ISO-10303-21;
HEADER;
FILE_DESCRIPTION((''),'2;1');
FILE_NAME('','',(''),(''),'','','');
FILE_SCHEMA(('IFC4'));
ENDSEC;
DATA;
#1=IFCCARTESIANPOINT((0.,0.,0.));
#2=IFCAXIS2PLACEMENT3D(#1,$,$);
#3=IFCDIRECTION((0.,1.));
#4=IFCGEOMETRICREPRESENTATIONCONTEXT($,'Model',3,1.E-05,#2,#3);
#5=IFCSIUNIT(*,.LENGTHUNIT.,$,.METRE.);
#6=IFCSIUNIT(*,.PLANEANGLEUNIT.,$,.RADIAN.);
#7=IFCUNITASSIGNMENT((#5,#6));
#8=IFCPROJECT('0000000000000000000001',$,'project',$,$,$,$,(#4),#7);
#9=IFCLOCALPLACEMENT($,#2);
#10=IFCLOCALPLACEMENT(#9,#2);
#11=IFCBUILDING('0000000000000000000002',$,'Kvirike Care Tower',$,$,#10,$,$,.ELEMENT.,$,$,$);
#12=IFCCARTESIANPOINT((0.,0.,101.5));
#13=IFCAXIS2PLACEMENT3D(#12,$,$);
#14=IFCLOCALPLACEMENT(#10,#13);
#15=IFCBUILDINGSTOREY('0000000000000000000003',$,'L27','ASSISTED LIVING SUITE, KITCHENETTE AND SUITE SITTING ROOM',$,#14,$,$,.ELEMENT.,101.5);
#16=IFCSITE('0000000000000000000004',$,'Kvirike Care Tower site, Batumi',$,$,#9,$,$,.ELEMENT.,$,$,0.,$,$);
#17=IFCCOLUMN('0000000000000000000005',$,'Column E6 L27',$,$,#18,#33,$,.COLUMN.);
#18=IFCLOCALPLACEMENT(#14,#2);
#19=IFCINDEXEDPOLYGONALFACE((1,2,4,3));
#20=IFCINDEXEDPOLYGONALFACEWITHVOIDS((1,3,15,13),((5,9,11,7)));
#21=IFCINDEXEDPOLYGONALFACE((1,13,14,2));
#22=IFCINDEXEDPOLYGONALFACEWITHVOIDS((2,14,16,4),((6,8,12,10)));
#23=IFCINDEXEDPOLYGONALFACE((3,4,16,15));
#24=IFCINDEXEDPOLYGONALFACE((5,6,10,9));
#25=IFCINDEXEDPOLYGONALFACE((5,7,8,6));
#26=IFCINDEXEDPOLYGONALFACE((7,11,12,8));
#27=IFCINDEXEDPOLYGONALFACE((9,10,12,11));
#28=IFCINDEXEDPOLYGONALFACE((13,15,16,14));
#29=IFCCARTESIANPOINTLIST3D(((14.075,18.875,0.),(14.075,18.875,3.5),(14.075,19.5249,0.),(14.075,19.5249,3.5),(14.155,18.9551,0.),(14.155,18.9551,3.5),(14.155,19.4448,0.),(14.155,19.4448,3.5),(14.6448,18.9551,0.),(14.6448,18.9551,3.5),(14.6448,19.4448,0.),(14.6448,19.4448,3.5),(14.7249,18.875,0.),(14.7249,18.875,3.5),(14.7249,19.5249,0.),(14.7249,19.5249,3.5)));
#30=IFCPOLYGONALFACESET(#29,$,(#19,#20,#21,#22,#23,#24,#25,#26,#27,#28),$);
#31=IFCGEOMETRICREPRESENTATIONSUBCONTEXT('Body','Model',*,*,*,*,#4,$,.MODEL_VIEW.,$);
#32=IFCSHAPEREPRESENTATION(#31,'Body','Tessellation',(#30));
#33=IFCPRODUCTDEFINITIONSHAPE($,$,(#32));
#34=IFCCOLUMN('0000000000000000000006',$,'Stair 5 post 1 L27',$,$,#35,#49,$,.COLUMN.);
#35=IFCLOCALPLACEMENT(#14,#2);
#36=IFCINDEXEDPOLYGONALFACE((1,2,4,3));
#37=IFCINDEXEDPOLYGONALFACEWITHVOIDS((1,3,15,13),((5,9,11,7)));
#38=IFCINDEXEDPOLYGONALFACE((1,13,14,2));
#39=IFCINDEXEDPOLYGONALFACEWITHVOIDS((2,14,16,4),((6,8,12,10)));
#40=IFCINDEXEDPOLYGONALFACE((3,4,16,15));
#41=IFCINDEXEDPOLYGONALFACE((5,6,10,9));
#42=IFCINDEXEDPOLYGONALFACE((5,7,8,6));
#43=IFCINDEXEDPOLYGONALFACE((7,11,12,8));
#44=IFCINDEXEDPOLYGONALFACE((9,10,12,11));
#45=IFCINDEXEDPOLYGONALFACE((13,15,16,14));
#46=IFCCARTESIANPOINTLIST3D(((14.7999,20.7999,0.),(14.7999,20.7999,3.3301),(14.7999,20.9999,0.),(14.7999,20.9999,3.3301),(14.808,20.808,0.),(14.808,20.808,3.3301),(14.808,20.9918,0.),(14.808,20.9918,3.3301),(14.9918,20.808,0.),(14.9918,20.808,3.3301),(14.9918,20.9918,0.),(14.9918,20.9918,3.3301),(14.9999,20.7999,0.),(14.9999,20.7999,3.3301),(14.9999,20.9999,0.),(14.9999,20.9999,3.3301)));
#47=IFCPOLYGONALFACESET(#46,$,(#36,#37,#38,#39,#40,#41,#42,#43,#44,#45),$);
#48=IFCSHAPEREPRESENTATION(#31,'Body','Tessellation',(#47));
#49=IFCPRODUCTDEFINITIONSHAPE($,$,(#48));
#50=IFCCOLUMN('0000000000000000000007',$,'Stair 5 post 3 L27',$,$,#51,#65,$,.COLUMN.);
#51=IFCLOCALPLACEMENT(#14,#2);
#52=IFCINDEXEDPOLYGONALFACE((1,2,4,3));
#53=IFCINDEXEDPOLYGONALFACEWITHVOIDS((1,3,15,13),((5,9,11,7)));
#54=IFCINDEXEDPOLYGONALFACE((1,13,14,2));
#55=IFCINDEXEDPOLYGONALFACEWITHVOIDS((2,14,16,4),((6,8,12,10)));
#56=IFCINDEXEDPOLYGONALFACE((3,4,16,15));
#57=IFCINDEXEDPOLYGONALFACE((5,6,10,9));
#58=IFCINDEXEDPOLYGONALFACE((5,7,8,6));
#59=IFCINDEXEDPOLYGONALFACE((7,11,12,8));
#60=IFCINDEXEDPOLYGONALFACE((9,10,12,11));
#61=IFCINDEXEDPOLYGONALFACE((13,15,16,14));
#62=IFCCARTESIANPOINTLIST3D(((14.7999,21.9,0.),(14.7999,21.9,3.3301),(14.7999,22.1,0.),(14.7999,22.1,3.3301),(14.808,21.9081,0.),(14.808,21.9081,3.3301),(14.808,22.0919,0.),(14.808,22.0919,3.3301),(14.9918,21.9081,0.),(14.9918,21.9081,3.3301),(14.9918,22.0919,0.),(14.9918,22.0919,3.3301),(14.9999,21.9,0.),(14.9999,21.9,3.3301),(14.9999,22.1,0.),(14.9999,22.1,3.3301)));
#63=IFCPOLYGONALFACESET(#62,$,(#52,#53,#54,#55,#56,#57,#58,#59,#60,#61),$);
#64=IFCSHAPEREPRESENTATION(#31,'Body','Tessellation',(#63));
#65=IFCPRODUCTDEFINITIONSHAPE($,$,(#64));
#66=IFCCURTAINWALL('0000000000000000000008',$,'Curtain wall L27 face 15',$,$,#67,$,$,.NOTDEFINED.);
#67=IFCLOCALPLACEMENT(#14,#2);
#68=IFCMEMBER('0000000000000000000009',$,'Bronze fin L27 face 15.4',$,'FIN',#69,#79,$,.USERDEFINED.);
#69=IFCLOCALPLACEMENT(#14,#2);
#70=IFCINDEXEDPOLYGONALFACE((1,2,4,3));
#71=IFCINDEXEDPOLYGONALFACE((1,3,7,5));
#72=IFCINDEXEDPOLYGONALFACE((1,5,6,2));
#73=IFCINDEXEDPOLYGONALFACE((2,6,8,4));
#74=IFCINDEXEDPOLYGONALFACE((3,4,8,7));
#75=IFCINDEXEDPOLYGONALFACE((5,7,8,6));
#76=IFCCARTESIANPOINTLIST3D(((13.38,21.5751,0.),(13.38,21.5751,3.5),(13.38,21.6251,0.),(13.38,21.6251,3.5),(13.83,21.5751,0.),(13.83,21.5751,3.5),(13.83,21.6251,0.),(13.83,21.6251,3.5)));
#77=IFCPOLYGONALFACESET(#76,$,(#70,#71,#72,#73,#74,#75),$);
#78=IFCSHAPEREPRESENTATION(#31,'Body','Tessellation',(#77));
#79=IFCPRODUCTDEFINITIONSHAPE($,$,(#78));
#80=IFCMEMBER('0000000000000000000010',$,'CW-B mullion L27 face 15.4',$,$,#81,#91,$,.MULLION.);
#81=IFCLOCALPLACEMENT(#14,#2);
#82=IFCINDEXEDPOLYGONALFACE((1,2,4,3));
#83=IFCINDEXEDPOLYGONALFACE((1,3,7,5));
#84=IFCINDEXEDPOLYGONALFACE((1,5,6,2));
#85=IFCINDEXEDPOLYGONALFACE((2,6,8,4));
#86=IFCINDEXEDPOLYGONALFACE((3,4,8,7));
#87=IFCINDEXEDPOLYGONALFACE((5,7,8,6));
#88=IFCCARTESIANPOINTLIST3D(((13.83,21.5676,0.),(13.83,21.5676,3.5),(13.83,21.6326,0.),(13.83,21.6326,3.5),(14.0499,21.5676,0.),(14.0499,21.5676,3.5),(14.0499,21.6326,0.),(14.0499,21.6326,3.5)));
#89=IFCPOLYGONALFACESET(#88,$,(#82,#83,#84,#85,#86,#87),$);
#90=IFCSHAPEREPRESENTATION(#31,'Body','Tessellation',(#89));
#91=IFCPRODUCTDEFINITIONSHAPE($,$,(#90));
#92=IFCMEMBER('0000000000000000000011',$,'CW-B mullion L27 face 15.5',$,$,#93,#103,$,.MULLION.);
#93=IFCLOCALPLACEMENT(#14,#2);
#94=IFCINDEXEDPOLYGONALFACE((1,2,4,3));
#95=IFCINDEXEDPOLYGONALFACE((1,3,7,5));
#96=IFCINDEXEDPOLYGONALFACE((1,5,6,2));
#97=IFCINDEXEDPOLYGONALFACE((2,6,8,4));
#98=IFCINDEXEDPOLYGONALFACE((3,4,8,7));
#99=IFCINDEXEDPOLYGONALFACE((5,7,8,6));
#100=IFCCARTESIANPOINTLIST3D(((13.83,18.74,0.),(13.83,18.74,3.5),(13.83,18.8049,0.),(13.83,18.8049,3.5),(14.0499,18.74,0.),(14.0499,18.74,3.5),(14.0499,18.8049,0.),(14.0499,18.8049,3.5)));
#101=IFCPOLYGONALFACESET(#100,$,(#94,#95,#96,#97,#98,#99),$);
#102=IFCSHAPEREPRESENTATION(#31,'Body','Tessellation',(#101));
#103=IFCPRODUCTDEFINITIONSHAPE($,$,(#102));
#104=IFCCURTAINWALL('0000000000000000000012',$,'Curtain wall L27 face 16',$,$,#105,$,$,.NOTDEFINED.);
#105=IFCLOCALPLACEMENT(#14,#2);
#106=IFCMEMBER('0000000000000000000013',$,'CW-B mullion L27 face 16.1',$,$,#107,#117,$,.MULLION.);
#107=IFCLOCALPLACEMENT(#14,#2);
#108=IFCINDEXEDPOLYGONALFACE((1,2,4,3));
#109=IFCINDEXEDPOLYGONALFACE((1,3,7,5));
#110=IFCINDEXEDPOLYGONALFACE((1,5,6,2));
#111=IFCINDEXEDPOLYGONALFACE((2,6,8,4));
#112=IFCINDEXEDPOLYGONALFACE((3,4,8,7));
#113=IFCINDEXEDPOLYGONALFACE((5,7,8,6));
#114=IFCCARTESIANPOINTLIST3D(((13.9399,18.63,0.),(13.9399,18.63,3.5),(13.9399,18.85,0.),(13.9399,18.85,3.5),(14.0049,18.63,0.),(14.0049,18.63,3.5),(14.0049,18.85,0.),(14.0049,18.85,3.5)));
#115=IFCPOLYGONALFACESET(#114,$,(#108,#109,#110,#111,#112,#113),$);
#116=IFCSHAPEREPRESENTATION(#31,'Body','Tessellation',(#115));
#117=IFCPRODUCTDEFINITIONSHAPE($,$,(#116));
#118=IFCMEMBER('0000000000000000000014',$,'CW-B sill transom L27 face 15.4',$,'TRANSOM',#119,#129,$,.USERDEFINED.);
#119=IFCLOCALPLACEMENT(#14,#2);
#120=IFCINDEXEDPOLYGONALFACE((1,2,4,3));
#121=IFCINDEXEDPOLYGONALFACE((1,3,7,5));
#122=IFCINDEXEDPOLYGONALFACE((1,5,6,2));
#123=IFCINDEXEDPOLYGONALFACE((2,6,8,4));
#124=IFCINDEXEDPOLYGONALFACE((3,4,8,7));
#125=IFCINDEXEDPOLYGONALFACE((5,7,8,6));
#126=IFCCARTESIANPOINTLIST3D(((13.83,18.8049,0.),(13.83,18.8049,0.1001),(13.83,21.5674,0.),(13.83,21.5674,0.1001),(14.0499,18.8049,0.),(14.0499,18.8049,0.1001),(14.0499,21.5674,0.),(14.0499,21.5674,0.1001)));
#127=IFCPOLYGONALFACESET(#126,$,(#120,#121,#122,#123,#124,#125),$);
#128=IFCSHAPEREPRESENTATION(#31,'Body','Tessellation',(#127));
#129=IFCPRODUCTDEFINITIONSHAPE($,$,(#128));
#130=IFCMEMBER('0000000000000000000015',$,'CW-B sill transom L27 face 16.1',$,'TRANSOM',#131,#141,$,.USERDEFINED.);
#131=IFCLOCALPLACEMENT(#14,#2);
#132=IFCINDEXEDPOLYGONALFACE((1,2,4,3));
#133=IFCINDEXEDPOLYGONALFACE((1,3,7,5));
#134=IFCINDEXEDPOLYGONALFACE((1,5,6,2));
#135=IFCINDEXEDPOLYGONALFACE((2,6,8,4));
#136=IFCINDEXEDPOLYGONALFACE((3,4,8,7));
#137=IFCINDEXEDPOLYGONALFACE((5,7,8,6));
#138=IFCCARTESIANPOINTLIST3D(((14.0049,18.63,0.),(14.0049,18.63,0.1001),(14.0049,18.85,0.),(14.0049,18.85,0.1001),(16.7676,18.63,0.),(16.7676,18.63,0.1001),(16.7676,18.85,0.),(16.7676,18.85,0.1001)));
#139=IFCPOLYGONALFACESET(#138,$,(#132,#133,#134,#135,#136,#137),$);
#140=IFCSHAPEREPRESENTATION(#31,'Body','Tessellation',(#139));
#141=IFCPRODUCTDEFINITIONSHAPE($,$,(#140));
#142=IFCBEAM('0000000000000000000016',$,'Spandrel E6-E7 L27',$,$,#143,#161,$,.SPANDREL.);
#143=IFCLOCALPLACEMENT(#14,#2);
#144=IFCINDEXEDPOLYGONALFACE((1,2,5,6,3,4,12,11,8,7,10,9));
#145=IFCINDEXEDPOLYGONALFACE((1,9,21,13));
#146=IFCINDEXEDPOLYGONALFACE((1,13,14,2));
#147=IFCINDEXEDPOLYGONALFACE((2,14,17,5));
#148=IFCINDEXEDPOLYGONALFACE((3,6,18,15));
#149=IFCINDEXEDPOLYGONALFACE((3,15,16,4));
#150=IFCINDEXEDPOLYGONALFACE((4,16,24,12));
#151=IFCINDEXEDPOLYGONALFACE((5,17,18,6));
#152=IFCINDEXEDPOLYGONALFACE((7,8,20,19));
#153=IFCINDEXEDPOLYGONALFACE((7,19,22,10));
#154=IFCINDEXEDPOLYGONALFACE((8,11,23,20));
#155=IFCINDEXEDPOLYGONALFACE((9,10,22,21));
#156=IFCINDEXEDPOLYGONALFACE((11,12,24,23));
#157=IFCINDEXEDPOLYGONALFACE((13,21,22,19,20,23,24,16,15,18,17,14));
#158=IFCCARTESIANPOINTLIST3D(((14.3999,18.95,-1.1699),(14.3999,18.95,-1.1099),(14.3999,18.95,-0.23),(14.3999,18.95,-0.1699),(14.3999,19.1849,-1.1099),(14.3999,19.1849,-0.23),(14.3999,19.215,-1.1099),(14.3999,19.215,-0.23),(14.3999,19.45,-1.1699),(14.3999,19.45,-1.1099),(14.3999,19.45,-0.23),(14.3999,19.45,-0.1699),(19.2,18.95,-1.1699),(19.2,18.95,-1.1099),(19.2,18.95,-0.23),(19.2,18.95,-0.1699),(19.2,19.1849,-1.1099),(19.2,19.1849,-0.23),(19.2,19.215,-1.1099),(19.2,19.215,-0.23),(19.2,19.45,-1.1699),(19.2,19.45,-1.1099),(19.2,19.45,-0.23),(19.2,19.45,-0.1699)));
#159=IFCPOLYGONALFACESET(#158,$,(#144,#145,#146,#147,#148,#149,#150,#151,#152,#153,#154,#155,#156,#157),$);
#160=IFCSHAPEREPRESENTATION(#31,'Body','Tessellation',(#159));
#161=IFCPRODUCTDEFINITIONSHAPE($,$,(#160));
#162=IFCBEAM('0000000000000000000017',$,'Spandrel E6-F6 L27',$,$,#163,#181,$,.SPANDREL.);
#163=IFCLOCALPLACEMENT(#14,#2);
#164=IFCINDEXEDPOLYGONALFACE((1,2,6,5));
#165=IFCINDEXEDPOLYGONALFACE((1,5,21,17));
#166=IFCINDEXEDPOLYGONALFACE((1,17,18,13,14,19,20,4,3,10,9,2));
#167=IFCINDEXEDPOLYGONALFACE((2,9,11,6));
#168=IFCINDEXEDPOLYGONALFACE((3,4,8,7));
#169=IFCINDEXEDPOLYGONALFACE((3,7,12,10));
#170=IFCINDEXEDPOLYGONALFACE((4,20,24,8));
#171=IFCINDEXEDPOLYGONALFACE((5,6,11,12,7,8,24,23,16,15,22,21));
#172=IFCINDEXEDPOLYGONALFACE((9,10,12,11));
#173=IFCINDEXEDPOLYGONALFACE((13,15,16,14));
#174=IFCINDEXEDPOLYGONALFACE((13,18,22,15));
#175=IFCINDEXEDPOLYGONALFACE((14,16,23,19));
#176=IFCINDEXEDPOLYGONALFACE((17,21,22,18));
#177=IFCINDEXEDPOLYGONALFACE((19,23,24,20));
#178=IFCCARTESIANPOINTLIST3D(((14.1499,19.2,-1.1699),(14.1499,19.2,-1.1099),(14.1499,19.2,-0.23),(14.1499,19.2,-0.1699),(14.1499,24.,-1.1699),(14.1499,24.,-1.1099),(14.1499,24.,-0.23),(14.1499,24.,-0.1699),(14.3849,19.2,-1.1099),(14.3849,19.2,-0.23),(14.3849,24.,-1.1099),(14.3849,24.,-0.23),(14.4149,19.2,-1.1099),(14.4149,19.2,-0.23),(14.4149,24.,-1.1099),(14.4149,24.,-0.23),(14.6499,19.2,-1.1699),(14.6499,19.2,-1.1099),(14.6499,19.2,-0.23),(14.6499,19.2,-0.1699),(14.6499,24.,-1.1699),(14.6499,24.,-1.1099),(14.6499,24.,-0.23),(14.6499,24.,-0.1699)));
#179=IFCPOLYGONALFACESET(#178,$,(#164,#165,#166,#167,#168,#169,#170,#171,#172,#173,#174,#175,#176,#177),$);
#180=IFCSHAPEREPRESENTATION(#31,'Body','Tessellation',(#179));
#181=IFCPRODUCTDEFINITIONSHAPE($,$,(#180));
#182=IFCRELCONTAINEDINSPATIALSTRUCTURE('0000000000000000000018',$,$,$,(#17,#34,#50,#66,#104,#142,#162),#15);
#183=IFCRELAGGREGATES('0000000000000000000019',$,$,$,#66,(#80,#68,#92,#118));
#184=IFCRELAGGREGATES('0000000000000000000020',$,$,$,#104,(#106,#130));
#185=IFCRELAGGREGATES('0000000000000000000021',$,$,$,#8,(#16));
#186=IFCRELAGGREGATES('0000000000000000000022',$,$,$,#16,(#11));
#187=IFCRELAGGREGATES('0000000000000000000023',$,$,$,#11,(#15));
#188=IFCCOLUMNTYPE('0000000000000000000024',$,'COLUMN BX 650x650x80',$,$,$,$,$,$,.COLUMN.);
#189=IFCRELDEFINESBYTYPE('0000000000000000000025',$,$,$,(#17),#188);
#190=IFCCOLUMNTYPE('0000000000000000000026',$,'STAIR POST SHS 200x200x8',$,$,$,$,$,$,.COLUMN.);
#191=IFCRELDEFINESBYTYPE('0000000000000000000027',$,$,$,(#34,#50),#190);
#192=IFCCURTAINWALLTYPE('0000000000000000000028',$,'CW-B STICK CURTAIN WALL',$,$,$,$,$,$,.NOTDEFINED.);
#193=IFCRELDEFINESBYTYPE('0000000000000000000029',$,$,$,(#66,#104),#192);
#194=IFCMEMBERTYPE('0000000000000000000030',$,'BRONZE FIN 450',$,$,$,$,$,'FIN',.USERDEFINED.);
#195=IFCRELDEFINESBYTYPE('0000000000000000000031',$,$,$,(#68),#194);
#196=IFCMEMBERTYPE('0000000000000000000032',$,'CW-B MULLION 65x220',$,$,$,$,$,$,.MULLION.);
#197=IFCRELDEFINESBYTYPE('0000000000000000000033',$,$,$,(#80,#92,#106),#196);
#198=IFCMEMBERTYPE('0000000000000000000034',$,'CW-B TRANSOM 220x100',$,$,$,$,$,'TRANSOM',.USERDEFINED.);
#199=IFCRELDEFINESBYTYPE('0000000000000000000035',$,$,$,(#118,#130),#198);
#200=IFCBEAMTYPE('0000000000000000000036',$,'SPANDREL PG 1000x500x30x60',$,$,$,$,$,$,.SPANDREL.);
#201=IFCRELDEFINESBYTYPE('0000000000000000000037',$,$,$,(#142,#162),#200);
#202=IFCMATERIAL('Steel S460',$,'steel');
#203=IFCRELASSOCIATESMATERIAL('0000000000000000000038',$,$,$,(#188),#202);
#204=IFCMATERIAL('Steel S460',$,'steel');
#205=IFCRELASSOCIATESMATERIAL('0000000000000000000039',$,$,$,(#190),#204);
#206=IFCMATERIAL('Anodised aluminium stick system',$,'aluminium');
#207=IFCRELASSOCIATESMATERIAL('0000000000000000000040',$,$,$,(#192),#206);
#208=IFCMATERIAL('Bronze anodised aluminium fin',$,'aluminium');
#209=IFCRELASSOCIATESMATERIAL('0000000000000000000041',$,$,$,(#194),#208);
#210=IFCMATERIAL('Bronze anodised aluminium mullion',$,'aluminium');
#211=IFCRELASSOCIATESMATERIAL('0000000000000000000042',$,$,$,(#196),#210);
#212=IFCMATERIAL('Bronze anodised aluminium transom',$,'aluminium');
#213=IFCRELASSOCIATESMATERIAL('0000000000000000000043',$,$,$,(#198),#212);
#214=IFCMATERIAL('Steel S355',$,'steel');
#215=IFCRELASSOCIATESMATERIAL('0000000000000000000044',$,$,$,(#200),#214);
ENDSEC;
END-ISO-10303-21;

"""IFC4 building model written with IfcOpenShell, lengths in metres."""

from ifc_helpers import new_model, si_unit, direction, frame, origin, origin_2d, place, context, subcontext, project, spatial, rectangle, hollow_rectangle, i_section, extrude, material, material_profile, profile_set, type_object, element, aggregate, save


model = new_model("IFC4")

# Units and contexts
model_context = context("Model", 3, precision=1e-05, world=origin(), true_north=direction((0.0, 1.0)))
body_context = subcontext(model_context, "Body", "Model", "MODEL_VIEW")
ifc_project = project(units=[si_unit("LENGTHUNIT", "METRE"), si_unit("PLANEANGLEUNIT", "RADIAN")], contexts=[model_context])

# Site, building, storey
site_placement = place(None, origin())
site = spatial("IfcSite", under=ifc_project, at=site_placement, Name="Kvirike Care Tower site, Batumi", CompositionType="ELEMENT", RefElevation=0.0)
building_placement = place(site_placement, origin())
building = spatial("IfcBuilding", under=site, at=building_placement, Name="Kvirike Care Tower", CompositionType="ELEMENT")
storey_placement = place(building_placement, frame((0.0, 0.0, 101.5)))
storey = spatial("IfcBuildingStorey", under=building, at=storey_placement, Name="L27", Description="ASSISTED LIVING SUITE, KITCHENETTE AND SUITE SITTING ROOM", CompositionType="ELEMENT", Elevation=101.5)

# Columns
ifc_material_1 = material(Name="Steel S460", Category="steel")
ifc_material_profile_1 = material_profile(ifc_material_1, hollow_rectangle(XDim=0.6499, YDim=0.6499, WallThickness=0.0801, at=origin_2d()), Name="BX 650x650x80")
ifc_profile_set_1 = profile_set([ifc_material_profile_1], Name="Steel S460")
column_type_1 = type_object("IfcColumnType", Name="COLUMN BX 650x650x80", PredefinedType="COLUMN", material=ifc_profile_set_1)
column_placement = place(storey_placement, frame((14.3999, 19.2, 0.0), z_axis=(0.0, 0.0, 1.0), x_axis=(0.0, 1.0, 0.0)))
element("IfcColumn", 1, at=column_placement, inside=storey, type_object=column_type_1, Name="Column E6 L27", PredefinedType="COLUMN", context=body_context, shape_type="SweptSolid", body=[
    extrude(hollow_rectangle(XDim=0.6499, YDim=0.6499, WallThickness=0.0801, at=origin_2d()), origin(), (0.0, 0.0, 1.0), 3.5),
])
ifc_material_2 = material(Name="Steel S460", Category="steel")
ifc_material_profile_2 = material_profile(ifc_material_2, hollow_rectangle(XDim=0.2, YDim=0.2, WallThickness=0.0081, at=origin_2d()), Name="SHS 200x200x8")
ifc_profile_set_2 = profile_set([ifc_material_profile_2], Name="Steel S460")
column_type_2 = type_object("IfcColumnType", Name="STAIR POST SHS 200x200x8", PredefinedType="COLUMN", material=ifc_profile_set_2)
for number, where, z_axis, x_axis, name in (
    (2, (14.8999, 20.8999, 0.0), (0.0, 0.0, 1.0), (1.0, 0.0, 0.0), "Stair 5 post 1 L27"),
    (3, (14.8999, 22.0, 0.0), (0.0, 0.0, 1.0), (1.0, 0.0, 0.0), "Stair 5 post 3 L27"),
):
    element("IfcColumn", number, at=place(storey_placement, frame(where, z_axis=z_axis, x_axis=x_axis)), inside=storey, type_object=column_type_2, Name=name, PredefinedType="COLUMN", context=body_context, shape_type="SweptSolid", body=[
        extrude(hollow_rectangle(XDim=0.2, YDim=0.2, WallThickness=0.0081, at=origin_2d()), origin(), (0.0, 0.0, 1.0), 3.3301),
    ])

# Curtain wall, members
ifc_material_3 = material(Name="Anodised aluminium stick system", Category="aluminium")
curtain_wall_type = type_object("IfcCurtainWallType", Name="CW-B STICK CURTAIN WALL", PredefinedType="NOTDEFINED", material=ifc_material_3)
curtain_wall_1_placement = place(storey_placement, origin())
curtain_wall_1 = element("IfcCurtainWall", 4, at=curtain_wall_1_placement, inside=storey, type_object=curtain_wall_type, Name="Curtain wall L27 face 15", PredefinedType="NOTDEFINED")
ifc_material_4 = material(Name="Bronze anodised aluminium fin", Category="aluminium")
ifc_material_profile_3 = material_profile(ifc_material_4, rectangle(XDim=0.05, YDim=0.45, at=origin_2d()), Name="BRONZE FIN 450")
ifc_profile_set_3 = profile_set([ifc_material_profile_3], Name="Bronze anodised aluminium fin")
member_type_1 = type_object("IfcMemberType", Name="BRONZE FIN 450", ElementType="FIN", PredefinedType="USERDEFINED", material=ifc_profile_set_3)
member_1_placement = place(storey_placement, frame((13.605, 21.6001, 0.0), z_axis=(0.0, 0.0, 1.0), x_axis=(0.0, -1.0, 0.0)))
member_1 = element("IfcMember", 5, at=member_1_placement, type_object=member_type_1, Name="Bronze fin L27 face 15.4", ObjectType="FIN", PredefinedType="USERDEFINED", context=body_context, shape_type="SweptSolid", body=[
    extrude(rectangle(XDim=0.05, YDim=0.45, at=origin_2d()), origin(), (0.0, 0.0, 1.0), 3.5),
])
ifc_material_5 = material(Name="Bronze anodised aluminium mullion", Category="aluminium")
ifc_material_profile_4 = material_profile(ifc_material_5, rectangle(XDim=0.0649, YDim=0.22, at=origin_2d()), Name="CW-B MULLION 65x220")
ifc_profile_set_4 = profile_set([ifc_material_profile_4], Name="Bronze anodised aluminium mullion")
member_type_2 = type_object("IfcMemberType", Name="CW-B MULLION 65x220", PredefinedType="MULLION", material=ifc_profile_set_4)
member_2_placement = place(storey_placement, frame((13.9399, 21.6001, 0.0), z_axis=(0.0, 0.0, 1.0), x_axis=(0.0, -1.0, 0.0)))
member_2 = element("IfcMember", 6, at=member_2_placement, type_object=member_type_2, Name="CW-B mullion L27 face 15.4", PredefinedType="MULLION", context=body_context, shape_type="SweptSolid", body=[
    extrude(rectangle(XDim=0.0649, YDim=0.22, at=origin_2d()), origin(), (0.0, 0.0, 1.0), 3.5),
])
member_3_placement = place(storey_placement, frame((13.9399, 18.7725, 0.0), z_axis=(0.0, 0.0, 1.0), x_axis=(0.0, -1.0, 0.0)))
member_3 = element("IfcMember", 7, at=member_3_placement, type_object=member_type_2, Name="CW-B mullion L27 face 15.5", PredefinedType="MULLION", context=body_context, shape_type="SweptSolid", body=[
    extrude(rectangle(XDim=0.0649, YDim=0.22, at=origin_2d()), origin(), (0.0, 0.0, 1.0), 3.5),
])

# Curtain wall, member
curtain_wall_2_placement = place(storey_placement, origin())
curtain_wall_2 = element("IfcCurtainWall", 8, at=curtain_wall_2_placement, inside=storey, type_object=curtain_wall_type, Name="Curtain wall L27 face 16", PredefinedType="NOTDEFINED")
member_4_placement = place(storey_placement, frame((13.9724, 18.74, 0.0), z_axis=(0.0, 0.0, 1.0), x_axis=(1.0, 0.0, 0.0)))
member_4 = element("IfcMember", 9, at=member_4_placement, type_object=member_type_2, Name="CW-B mullion L27 face 16.1", PredefinedType="MULLION", context=body_context, shape_type="SweptSolid", body=[
    extrude(rectangle(XDim=0.0649, YDim=0.22, at=origin_2d()), origin(), (0.0, 0.0, 1.0), 3.5),
])

# Members
ifc_material_6 = material(Name="Bronze anodised aluminium transom", Category="aluminium")
ifc_material_profile_5 = material_profile(ifc_material_6, rectangle(XDim=0.22, YDim=0.1001, at=origin_2d()), Name="CW-B TRANSOM 220x100")
ifc_profile_set_5 = profile_set([ifc_material_profile_5], Name="Bronze anodised aluminium transom")
member_type_3 = type_object("IfcMemberType", Name="CW-B TRANSOM 220x100", ElementType="TRANSOM", PredefinedType="USERDEFINED", material=ifc_profile_set_5)
member_5_placement = place(storey_placement, frame((13.9399, 21.5674, 0.05), z_axis=(0.0, -1.0, 0.0), x_axis=(1.0, 0.0, 0.0)))
member_5 = element("IfcMember", 10, at=member_5_placement, type_object=member_type_3, Name="CW-B sill transom L27 face 15.4", ObjectType="TRANSOM", PredefinedType="USERDEFINED", context=body_context, shape_type="SweptSolid", body=[
    extrude(rectangle(XDim=0.22, YDim=0.1001, at=origin_2d()), origin(), (0.0, 0.0, 1.0), 2.7625),
])
member_6_placement = place(storey_placement, frame((14.0049, 18.74, 0.05), z_axis=(1.0, 0.0, 0.0), x_axis=(0.0, 1.0, 0.0)))
member_6 = element("IfcMember", 11, at=member_6_placement, type_object=member_type_3, Name="CW-B sill transom L27 face 16.1", ObjectType="TRANSOM", PredefinedType="USERDEFINED", context=body_context, shape_type="SweptSolid", body=[
    extrude(rectangle(XDim=0.22, YDim=0.1001, at=origin_2d()), origin(), (0.0, 0.0, 1.0), 2.7627),
])

# Beams
ifc_material_7 = material(Name="Steel S355", Category="steel")
ifc_material_profile_6 = material_profile(ifc_material_7, i_section(OverallWidth=0.5, OverallDepth=1.0, WebThickness=0.03, FlangeThickness=0.0601, at=origin_2d()), Name="PG 1000x500x30x60")
ifc_profile_set_6 = profile_set([ifc_material_profile_6], Name="Steel S355")
beam_type_1 = type_object("IfcBeamType", Name="SPANDREL PG 1000x500x30x60", PredefinedType="SPANDREL", material=ifc_profile_set_6)
for number, where, z_axis, x_axis, name in (
    (12, (14.3999, 19.2, -0.6699), (1.0, 0.0, 0.0), (0.0, 1.0, 0.0), "Spandrel E6-E7 L27"),
    (13, (14.3999, 19.2, -0.6699), (0.0, 1.0, 0.0), (-1.0, 0.0, 0.0), "Spandrel E6-F6 L27"),
):
    element("IfcBeam", number, at=place(storey_placement, frame(where, z_axis=z_axis, x_axis=x_axis)), inside=storey, type_object=beam_type_1, Name=name, PredefinedType="SPANDREL", context=body_context, shape_type="SweptSolid", body=[
        extrude(i_section(OverallWidth=0.5, OverallDepth=1.0, WebThickness=0.03, FlangeThickness=0.0601, at=origin_2d()), origin(), (0.0, 0.0, 1.0), 4.8),
    ])

aggregate(curtain_wall_1, [member_2, member_1, member_3, member_5])
aggregate(curtain_wall_2, [member_4, member_6])

save(model, "model.ifc")
